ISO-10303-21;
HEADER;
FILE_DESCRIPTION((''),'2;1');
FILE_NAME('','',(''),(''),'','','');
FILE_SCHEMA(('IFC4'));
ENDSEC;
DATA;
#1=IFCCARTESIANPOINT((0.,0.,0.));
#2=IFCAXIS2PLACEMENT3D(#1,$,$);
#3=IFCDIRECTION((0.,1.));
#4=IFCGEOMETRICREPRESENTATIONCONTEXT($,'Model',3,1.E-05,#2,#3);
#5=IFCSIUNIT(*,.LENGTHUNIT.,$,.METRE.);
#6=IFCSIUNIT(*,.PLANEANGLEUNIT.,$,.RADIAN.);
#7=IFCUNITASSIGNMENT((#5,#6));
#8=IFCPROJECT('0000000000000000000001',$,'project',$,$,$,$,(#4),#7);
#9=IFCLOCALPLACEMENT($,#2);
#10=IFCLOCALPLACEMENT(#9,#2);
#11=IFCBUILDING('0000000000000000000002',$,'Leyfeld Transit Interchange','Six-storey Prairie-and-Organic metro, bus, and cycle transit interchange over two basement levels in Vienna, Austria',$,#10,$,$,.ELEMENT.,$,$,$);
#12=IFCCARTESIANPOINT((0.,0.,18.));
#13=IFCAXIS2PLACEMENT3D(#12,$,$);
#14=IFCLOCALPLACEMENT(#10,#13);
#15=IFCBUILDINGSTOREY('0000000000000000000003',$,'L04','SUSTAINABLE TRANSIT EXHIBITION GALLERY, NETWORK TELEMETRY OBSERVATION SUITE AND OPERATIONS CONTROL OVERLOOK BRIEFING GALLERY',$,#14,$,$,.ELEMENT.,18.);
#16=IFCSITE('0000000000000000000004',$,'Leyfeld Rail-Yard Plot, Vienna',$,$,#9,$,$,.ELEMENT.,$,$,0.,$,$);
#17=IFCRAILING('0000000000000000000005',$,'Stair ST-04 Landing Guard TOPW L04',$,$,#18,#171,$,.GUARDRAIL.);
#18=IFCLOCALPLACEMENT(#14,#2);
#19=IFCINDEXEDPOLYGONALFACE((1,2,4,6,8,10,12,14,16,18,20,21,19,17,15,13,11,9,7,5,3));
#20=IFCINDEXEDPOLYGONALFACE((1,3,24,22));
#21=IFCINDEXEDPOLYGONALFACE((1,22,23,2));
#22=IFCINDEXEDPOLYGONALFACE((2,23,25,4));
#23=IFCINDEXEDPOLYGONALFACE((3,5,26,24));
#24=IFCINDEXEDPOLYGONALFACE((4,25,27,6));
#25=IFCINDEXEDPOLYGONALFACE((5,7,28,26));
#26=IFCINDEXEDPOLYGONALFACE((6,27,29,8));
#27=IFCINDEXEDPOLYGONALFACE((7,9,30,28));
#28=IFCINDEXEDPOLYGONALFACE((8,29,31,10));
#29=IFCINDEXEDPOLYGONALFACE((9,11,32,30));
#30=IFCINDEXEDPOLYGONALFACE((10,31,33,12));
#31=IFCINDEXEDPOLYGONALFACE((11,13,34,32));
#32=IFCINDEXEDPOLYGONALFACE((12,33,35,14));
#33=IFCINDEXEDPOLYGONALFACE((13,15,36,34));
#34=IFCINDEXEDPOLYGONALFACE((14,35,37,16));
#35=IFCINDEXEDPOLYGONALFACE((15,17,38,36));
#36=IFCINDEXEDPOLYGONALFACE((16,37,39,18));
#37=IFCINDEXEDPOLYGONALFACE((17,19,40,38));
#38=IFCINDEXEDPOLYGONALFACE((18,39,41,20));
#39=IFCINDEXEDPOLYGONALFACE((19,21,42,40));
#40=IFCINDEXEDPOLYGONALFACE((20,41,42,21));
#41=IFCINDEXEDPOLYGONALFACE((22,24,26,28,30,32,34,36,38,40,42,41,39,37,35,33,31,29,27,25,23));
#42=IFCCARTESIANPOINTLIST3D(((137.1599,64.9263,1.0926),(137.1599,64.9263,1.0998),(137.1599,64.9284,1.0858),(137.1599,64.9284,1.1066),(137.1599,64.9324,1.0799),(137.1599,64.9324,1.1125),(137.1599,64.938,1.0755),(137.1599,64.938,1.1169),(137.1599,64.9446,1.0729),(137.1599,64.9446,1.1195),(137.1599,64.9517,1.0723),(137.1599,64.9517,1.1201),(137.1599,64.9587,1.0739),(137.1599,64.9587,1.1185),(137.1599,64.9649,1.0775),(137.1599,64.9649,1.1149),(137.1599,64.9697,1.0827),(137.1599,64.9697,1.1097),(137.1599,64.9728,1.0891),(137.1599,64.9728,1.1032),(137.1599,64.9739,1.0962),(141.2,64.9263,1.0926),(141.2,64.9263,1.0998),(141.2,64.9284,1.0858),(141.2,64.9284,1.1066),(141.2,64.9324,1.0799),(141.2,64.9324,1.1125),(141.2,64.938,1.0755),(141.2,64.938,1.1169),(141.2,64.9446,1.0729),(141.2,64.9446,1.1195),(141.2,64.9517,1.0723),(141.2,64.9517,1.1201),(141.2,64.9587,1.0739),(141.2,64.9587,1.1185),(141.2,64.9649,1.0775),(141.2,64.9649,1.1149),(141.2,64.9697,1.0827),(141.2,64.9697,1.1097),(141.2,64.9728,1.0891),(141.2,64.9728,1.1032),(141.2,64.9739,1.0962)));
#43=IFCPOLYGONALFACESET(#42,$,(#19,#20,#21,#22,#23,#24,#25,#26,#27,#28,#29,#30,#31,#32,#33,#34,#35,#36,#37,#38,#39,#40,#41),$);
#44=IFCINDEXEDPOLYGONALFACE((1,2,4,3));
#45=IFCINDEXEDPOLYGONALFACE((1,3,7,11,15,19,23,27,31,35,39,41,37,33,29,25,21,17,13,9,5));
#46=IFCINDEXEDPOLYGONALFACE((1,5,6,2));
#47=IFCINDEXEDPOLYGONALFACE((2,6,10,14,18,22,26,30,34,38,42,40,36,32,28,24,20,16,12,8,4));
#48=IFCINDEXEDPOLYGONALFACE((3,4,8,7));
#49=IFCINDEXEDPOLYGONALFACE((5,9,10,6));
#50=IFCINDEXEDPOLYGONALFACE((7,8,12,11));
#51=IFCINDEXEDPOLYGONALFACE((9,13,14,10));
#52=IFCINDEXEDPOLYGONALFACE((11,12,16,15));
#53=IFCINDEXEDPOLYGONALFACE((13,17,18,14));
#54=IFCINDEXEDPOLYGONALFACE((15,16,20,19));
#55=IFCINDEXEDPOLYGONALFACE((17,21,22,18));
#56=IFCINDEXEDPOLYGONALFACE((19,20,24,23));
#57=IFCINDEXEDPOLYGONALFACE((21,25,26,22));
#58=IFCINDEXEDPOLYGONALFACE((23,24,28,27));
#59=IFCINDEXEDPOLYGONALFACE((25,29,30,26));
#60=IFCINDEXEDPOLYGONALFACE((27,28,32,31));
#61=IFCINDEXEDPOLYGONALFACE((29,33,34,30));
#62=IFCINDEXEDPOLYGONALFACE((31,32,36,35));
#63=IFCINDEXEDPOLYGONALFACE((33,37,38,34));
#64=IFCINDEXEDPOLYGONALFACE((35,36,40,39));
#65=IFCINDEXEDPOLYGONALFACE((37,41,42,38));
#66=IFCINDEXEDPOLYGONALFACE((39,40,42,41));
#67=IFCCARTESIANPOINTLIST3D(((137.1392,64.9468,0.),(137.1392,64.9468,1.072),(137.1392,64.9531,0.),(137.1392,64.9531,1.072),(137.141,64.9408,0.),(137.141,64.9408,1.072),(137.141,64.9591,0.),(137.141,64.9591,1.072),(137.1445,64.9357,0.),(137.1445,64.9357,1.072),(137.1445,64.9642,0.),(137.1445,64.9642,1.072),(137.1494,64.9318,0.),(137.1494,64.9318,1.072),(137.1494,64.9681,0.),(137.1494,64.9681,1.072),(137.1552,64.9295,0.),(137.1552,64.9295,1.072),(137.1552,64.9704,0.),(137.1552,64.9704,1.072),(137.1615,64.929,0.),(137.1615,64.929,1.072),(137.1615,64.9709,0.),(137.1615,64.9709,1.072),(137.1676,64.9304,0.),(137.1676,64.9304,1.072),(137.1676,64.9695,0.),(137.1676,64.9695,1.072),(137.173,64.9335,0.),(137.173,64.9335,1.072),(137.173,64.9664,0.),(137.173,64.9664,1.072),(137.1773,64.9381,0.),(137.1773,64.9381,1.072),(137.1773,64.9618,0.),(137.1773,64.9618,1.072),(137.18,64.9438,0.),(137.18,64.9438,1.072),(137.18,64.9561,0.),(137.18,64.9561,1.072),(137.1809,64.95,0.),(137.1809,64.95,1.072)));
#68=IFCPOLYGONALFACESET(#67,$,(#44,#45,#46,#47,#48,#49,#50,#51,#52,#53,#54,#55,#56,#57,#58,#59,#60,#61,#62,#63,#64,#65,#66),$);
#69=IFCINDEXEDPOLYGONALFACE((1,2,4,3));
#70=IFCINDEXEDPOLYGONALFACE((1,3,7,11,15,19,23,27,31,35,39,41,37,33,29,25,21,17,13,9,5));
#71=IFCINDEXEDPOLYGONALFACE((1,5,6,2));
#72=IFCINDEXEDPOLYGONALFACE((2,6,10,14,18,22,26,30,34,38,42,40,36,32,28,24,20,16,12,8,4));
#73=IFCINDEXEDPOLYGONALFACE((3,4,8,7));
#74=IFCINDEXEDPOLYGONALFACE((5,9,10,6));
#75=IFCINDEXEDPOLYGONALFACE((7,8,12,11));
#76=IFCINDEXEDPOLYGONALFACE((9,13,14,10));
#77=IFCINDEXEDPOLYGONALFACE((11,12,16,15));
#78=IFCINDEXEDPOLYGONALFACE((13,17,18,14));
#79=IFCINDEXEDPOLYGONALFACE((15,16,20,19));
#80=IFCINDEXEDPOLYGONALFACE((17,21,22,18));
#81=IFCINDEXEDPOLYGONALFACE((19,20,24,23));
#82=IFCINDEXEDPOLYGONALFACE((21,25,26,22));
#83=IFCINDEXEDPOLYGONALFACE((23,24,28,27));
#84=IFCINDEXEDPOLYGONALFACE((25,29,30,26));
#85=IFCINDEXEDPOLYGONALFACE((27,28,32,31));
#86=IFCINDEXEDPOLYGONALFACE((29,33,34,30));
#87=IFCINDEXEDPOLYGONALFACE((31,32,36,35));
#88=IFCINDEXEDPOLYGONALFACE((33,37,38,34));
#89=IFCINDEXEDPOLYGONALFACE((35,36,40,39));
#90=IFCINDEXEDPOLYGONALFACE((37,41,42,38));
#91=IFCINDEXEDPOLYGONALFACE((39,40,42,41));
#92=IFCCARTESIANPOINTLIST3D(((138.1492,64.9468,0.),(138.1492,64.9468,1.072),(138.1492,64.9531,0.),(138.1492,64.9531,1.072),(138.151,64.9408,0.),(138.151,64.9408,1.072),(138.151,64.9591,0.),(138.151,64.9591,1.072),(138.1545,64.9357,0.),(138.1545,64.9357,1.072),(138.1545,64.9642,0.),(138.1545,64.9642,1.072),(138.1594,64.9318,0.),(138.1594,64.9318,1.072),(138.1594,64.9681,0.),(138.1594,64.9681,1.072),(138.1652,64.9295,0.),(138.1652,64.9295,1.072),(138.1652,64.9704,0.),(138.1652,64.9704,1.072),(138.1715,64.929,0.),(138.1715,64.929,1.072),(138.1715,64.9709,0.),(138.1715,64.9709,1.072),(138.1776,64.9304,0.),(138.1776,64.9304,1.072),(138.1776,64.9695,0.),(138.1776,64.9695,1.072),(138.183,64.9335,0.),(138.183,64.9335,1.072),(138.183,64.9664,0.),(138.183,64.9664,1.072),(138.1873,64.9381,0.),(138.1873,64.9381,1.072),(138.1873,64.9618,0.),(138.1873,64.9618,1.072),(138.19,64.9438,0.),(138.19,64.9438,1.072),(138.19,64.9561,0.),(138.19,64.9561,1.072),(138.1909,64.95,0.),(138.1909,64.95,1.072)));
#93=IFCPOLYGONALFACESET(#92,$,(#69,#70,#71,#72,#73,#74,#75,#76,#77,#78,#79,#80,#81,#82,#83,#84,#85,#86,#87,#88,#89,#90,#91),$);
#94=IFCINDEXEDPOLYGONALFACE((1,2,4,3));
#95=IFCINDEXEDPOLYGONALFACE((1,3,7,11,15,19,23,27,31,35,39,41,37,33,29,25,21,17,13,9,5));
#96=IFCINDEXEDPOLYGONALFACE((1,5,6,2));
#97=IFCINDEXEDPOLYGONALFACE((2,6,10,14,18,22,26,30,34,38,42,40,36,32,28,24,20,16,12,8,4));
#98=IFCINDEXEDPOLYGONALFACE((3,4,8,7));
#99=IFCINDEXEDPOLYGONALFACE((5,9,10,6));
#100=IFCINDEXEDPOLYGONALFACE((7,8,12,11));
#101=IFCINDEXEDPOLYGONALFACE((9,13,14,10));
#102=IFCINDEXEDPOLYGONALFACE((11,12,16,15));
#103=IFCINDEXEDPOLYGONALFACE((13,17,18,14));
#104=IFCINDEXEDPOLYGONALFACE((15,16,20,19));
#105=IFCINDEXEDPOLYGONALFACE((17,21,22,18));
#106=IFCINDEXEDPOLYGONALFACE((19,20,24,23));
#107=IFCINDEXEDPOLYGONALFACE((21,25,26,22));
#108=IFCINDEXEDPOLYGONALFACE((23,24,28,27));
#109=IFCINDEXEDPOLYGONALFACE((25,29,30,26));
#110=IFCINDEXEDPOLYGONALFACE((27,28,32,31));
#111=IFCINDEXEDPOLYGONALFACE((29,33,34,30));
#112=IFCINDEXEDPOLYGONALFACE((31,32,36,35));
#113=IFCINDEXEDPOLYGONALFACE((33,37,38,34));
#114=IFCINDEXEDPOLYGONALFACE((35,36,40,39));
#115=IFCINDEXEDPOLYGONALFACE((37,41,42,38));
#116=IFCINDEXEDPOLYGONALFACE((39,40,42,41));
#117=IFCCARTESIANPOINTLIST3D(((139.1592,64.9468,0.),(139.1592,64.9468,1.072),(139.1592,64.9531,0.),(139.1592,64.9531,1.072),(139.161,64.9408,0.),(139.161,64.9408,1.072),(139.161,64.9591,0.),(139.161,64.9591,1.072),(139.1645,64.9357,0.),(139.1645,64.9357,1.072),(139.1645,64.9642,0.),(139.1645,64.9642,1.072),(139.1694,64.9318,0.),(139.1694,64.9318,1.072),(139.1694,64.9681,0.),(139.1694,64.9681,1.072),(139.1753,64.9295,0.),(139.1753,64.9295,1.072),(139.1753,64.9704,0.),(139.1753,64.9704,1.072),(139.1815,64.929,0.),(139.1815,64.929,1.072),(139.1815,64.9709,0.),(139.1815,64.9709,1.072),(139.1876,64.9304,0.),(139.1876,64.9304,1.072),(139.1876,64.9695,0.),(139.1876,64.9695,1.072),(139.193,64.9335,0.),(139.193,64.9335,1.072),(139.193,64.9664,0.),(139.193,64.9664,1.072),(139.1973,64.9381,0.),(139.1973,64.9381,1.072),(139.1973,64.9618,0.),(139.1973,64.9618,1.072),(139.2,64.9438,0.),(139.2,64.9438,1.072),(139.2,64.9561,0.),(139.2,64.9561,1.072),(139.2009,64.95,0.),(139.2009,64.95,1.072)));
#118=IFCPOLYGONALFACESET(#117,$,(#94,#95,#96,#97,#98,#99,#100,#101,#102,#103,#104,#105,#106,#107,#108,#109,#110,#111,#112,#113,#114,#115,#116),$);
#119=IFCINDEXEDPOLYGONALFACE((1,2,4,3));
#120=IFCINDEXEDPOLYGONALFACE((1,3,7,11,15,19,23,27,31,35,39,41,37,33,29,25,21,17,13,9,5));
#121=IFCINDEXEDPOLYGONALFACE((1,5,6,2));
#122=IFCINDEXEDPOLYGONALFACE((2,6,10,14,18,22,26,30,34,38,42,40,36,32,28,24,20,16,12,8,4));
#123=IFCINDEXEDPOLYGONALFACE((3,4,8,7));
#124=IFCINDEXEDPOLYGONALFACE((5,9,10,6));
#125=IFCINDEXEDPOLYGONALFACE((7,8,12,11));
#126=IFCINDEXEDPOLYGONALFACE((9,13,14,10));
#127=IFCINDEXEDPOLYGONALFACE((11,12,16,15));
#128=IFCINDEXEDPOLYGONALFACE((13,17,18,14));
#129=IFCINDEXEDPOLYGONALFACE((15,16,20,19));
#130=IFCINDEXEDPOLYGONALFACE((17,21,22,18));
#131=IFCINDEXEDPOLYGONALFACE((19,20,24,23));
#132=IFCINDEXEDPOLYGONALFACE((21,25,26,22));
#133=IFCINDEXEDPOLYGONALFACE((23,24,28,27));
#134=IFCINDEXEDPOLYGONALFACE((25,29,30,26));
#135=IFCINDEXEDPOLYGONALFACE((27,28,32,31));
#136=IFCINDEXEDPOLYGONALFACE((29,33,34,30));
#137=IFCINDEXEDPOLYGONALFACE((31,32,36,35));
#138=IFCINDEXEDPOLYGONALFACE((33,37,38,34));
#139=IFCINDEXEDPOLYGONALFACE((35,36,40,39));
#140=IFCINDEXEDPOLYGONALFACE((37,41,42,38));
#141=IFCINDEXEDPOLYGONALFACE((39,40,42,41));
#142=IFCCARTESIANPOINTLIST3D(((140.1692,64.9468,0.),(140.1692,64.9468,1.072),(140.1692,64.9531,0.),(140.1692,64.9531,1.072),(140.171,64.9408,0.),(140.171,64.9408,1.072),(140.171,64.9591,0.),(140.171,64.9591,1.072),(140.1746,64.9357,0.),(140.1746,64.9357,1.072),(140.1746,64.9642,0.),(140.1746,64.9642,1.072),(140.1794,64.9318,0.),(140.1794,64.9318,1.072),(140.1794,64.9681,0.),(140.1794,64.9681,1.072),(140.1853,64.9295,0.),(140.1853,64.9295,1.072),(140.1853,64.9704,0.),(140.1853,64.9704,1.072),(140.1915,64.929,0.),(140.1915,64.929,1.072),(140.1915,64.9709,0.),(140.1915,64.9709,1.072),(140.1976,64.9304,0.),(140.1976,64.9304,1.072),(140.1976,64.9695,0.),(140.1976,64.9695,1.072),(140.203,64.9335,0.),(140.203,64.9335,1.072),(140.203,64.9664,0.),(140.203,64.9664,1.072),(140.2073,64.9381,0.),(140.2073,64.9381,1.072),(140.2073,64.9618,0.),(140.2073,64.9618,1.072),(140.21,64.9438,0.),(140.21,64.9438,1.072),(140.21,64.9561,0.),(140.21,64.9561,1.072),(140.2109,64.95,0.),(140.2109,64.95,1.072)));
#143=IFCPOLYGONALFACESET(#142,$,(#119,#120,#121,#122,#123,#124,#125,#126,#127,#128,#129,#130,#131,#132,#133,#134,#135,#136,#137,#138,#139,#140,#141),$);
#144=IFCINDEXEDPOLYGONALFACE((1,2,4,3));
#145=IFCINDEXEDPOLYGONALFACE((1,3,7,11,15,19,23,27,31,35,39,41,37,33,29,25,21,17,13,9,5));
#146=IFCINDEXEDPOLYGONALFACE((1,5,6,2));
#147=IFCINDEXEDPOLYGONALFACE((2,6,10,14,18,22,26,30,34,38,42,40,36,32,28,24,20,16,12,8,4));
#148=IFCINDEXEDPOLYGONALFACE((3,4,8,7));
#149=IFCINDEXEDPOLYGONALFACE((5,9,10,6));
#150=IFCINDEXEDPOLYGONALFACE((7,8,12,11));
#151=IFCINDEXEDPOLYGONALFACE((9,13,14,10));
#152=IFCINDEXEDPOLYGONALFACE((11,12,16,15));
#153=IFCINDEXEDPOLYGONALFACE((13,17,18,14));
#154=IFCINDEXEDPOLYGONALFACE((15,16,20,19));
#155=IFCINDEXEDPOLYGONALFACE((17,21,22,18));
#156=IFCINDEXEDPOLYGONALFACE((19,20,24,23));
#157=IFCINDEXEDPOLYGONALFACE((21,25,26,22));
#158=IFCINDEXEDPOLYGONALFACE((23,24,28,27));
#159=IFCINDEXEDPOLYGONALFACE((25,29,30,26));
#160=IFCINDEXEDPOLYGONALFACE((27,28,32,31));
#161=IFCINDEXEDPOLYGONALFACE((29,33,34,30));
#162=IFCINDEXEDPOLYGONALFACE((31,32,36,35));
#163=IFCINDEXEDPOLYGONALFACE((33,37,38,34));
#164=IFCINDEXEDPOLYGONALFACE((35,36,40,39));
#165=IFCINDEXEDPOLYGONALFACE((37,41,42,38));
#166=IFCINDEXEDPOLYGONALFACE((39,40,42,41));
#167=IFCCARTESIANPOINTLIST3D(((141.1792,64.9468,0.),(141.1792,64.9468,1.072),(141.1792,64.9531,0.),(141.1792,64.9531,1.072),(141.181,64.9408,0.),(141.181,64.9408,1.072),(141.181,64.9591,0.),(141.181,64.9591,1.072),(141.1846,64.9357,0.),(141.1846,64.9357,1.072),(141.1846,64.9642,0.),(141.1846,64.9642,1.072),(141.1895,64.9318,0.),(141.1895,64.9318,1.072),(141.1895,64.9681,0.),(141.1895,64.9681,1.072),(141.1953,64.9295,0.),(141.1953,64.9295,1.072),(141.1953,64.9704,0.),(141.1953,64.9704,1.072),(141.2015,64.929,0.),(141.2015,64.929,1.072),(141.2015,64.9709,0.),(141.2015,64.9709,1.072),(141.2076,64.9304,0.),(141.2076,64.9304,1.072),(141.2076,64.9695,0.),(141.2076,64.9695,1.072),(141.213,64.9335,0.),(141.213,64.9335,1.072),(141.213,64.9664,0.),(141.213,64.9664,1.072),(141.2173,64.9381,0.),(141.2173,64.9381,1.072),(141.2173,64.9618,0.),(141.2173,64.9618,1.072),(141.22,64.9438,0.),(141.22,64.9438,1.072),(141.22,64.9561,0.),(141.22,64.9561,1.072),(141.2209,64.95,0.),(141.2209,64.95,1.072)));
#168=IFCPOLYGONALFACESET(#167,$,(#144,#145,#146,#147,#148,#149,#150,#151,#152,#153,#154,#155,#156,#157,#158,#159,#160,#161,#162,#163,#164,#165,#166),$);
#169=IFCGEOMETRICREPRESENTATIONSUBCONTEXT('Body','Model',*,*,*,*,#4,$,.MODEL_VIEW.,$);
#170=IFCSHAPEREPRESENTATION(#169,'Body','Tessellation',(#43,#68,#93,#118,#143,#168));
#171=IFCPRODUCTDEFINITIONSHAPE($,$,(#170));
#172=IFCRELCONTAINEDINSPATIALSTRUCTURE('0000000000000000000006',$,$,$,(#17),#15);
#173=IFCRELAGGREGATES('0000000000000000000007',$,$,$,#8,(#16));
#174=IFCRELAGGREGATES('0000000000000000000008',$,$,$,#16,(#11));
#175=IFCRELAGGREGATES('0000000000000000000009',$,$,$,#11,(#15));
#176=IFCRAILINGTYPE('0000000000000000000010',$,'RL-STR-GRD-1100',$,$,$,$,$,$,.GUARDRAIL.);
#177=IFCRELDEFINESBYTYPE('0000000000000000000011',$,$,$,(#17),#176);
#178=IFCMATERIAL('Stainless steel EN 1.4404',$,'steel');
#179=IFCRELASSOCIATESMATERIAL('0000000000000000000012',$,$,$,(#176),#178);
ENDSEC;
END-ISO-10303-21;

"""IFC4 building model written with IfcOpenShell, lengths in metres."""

from ifc_helpers import new_model, si_unit, direction, frame, origin, origin_2d, place, context, subcontext, project, spatial, circle, extrude, material, type_object, element, save


model = new_model("IFC4")

# Units and contexts
model_context = context("Model", 3, precision=1e-05, world=origin(), true_north=direction((0.0, 1.0)))
body_context = subcontext(model_context, "Body", "Model", "MODEL_VIEW")
ifc_project = project(units=[si_unit("LENGTHUNIT", "METRE"), si_unit("PLANEANGLEUNIT", "RADIAN")], contexts=[model_context])

# Site, building, storey
site_placement = place(None, origin())
site = spatial("IfcSite", under=ifc_project, at=site_placement, Name="Leyfeld Rail-Yard Plot, Vienna", CompositionType="ELEMENT", RefElevation=0.0)
building_placement = place(site_placement, origin())
building = spatial("IfcBuilding", under=site, at=building_placement, Name="Leyfeld Transit Interchange", Description="Six-storey Prairie-and-Organic metro, bus, and cycle transit interchange over two basement levels in Vienna, Austria", CompositionType="ELEMENT")
storey_placement = place(building_placement, frame((0.0, 0.0, 18.0)))
storey = spatial("IfcBuildingStorey", under=building, at=storey_placement, Name="L04", Description="SUSTAINABLE TRANSIT EXHIBITION GALLERY, NETWORK TELEMETRY OBSERVATION SUITE AND OPERATIONS CONTROL OVERLOOK BRIEFING GALLERY", CompositionType="ELEMENT", Elevation=18.0)

# Shared definitions
ifc_material_1 = material(Name="Stainless steel EN 1.4404", Category="steel")

# Railing
railing_type_1 = type_object("IfcRailingType", Name="RL-STR-GRD-1100", PredefinedType="GUARDRAIL", material=ifc_material_1)
railing_1_placement = place(storey_placement, frame((137.1599, 64.95, 0.0)))
element("IfcRailing", 1, at=railing_1_placement, inside=storey, type_object=railing_type_1, Name="Stair ST-04 Landing Guard TOPW L04", PredefinedType="GUARDRAIL", context=body_context, shape_type="SweptSolid", body=[
    extrude(circle(Radius=0.0239, at=origin_2d()), frame((0.0, 0.0, 1.0962), z_axis=(1.0, 0.0, 0.0), x_axis=(0.0, 1.0, 0.0)), (0.0, 0.0, 1.0), 4.04),
    extrude(circle(Radius=0.021, at=origin_2d()), origin(), (0.0, 0.0, 1.0), 1.072),
    extrude(circle(Radius=0.021, at=origin_2d()), frame((1.01, 0.0, 0.0)), (0.0, 0.0, 1.0), 1.072),
    extrude(circle(Radius=0.021, at=origin_2d()), frame((2.02, 0.0, 0.0)), (0.0, 0.0, 1.0), 1.072),
    extrude(circle(Radius=0.021, at=origin_2d()), frame((3.03, 0.0, 0.0)), (0.0, 0.0, 1.0), 1.072),
    extrude(circle(Radius=0.021, at=origin_2d()), frame((4.04, 0.0, 0.0)), (0.0, 0.0, 1.0), 1.072),
])

save(model, "model.ifc")
